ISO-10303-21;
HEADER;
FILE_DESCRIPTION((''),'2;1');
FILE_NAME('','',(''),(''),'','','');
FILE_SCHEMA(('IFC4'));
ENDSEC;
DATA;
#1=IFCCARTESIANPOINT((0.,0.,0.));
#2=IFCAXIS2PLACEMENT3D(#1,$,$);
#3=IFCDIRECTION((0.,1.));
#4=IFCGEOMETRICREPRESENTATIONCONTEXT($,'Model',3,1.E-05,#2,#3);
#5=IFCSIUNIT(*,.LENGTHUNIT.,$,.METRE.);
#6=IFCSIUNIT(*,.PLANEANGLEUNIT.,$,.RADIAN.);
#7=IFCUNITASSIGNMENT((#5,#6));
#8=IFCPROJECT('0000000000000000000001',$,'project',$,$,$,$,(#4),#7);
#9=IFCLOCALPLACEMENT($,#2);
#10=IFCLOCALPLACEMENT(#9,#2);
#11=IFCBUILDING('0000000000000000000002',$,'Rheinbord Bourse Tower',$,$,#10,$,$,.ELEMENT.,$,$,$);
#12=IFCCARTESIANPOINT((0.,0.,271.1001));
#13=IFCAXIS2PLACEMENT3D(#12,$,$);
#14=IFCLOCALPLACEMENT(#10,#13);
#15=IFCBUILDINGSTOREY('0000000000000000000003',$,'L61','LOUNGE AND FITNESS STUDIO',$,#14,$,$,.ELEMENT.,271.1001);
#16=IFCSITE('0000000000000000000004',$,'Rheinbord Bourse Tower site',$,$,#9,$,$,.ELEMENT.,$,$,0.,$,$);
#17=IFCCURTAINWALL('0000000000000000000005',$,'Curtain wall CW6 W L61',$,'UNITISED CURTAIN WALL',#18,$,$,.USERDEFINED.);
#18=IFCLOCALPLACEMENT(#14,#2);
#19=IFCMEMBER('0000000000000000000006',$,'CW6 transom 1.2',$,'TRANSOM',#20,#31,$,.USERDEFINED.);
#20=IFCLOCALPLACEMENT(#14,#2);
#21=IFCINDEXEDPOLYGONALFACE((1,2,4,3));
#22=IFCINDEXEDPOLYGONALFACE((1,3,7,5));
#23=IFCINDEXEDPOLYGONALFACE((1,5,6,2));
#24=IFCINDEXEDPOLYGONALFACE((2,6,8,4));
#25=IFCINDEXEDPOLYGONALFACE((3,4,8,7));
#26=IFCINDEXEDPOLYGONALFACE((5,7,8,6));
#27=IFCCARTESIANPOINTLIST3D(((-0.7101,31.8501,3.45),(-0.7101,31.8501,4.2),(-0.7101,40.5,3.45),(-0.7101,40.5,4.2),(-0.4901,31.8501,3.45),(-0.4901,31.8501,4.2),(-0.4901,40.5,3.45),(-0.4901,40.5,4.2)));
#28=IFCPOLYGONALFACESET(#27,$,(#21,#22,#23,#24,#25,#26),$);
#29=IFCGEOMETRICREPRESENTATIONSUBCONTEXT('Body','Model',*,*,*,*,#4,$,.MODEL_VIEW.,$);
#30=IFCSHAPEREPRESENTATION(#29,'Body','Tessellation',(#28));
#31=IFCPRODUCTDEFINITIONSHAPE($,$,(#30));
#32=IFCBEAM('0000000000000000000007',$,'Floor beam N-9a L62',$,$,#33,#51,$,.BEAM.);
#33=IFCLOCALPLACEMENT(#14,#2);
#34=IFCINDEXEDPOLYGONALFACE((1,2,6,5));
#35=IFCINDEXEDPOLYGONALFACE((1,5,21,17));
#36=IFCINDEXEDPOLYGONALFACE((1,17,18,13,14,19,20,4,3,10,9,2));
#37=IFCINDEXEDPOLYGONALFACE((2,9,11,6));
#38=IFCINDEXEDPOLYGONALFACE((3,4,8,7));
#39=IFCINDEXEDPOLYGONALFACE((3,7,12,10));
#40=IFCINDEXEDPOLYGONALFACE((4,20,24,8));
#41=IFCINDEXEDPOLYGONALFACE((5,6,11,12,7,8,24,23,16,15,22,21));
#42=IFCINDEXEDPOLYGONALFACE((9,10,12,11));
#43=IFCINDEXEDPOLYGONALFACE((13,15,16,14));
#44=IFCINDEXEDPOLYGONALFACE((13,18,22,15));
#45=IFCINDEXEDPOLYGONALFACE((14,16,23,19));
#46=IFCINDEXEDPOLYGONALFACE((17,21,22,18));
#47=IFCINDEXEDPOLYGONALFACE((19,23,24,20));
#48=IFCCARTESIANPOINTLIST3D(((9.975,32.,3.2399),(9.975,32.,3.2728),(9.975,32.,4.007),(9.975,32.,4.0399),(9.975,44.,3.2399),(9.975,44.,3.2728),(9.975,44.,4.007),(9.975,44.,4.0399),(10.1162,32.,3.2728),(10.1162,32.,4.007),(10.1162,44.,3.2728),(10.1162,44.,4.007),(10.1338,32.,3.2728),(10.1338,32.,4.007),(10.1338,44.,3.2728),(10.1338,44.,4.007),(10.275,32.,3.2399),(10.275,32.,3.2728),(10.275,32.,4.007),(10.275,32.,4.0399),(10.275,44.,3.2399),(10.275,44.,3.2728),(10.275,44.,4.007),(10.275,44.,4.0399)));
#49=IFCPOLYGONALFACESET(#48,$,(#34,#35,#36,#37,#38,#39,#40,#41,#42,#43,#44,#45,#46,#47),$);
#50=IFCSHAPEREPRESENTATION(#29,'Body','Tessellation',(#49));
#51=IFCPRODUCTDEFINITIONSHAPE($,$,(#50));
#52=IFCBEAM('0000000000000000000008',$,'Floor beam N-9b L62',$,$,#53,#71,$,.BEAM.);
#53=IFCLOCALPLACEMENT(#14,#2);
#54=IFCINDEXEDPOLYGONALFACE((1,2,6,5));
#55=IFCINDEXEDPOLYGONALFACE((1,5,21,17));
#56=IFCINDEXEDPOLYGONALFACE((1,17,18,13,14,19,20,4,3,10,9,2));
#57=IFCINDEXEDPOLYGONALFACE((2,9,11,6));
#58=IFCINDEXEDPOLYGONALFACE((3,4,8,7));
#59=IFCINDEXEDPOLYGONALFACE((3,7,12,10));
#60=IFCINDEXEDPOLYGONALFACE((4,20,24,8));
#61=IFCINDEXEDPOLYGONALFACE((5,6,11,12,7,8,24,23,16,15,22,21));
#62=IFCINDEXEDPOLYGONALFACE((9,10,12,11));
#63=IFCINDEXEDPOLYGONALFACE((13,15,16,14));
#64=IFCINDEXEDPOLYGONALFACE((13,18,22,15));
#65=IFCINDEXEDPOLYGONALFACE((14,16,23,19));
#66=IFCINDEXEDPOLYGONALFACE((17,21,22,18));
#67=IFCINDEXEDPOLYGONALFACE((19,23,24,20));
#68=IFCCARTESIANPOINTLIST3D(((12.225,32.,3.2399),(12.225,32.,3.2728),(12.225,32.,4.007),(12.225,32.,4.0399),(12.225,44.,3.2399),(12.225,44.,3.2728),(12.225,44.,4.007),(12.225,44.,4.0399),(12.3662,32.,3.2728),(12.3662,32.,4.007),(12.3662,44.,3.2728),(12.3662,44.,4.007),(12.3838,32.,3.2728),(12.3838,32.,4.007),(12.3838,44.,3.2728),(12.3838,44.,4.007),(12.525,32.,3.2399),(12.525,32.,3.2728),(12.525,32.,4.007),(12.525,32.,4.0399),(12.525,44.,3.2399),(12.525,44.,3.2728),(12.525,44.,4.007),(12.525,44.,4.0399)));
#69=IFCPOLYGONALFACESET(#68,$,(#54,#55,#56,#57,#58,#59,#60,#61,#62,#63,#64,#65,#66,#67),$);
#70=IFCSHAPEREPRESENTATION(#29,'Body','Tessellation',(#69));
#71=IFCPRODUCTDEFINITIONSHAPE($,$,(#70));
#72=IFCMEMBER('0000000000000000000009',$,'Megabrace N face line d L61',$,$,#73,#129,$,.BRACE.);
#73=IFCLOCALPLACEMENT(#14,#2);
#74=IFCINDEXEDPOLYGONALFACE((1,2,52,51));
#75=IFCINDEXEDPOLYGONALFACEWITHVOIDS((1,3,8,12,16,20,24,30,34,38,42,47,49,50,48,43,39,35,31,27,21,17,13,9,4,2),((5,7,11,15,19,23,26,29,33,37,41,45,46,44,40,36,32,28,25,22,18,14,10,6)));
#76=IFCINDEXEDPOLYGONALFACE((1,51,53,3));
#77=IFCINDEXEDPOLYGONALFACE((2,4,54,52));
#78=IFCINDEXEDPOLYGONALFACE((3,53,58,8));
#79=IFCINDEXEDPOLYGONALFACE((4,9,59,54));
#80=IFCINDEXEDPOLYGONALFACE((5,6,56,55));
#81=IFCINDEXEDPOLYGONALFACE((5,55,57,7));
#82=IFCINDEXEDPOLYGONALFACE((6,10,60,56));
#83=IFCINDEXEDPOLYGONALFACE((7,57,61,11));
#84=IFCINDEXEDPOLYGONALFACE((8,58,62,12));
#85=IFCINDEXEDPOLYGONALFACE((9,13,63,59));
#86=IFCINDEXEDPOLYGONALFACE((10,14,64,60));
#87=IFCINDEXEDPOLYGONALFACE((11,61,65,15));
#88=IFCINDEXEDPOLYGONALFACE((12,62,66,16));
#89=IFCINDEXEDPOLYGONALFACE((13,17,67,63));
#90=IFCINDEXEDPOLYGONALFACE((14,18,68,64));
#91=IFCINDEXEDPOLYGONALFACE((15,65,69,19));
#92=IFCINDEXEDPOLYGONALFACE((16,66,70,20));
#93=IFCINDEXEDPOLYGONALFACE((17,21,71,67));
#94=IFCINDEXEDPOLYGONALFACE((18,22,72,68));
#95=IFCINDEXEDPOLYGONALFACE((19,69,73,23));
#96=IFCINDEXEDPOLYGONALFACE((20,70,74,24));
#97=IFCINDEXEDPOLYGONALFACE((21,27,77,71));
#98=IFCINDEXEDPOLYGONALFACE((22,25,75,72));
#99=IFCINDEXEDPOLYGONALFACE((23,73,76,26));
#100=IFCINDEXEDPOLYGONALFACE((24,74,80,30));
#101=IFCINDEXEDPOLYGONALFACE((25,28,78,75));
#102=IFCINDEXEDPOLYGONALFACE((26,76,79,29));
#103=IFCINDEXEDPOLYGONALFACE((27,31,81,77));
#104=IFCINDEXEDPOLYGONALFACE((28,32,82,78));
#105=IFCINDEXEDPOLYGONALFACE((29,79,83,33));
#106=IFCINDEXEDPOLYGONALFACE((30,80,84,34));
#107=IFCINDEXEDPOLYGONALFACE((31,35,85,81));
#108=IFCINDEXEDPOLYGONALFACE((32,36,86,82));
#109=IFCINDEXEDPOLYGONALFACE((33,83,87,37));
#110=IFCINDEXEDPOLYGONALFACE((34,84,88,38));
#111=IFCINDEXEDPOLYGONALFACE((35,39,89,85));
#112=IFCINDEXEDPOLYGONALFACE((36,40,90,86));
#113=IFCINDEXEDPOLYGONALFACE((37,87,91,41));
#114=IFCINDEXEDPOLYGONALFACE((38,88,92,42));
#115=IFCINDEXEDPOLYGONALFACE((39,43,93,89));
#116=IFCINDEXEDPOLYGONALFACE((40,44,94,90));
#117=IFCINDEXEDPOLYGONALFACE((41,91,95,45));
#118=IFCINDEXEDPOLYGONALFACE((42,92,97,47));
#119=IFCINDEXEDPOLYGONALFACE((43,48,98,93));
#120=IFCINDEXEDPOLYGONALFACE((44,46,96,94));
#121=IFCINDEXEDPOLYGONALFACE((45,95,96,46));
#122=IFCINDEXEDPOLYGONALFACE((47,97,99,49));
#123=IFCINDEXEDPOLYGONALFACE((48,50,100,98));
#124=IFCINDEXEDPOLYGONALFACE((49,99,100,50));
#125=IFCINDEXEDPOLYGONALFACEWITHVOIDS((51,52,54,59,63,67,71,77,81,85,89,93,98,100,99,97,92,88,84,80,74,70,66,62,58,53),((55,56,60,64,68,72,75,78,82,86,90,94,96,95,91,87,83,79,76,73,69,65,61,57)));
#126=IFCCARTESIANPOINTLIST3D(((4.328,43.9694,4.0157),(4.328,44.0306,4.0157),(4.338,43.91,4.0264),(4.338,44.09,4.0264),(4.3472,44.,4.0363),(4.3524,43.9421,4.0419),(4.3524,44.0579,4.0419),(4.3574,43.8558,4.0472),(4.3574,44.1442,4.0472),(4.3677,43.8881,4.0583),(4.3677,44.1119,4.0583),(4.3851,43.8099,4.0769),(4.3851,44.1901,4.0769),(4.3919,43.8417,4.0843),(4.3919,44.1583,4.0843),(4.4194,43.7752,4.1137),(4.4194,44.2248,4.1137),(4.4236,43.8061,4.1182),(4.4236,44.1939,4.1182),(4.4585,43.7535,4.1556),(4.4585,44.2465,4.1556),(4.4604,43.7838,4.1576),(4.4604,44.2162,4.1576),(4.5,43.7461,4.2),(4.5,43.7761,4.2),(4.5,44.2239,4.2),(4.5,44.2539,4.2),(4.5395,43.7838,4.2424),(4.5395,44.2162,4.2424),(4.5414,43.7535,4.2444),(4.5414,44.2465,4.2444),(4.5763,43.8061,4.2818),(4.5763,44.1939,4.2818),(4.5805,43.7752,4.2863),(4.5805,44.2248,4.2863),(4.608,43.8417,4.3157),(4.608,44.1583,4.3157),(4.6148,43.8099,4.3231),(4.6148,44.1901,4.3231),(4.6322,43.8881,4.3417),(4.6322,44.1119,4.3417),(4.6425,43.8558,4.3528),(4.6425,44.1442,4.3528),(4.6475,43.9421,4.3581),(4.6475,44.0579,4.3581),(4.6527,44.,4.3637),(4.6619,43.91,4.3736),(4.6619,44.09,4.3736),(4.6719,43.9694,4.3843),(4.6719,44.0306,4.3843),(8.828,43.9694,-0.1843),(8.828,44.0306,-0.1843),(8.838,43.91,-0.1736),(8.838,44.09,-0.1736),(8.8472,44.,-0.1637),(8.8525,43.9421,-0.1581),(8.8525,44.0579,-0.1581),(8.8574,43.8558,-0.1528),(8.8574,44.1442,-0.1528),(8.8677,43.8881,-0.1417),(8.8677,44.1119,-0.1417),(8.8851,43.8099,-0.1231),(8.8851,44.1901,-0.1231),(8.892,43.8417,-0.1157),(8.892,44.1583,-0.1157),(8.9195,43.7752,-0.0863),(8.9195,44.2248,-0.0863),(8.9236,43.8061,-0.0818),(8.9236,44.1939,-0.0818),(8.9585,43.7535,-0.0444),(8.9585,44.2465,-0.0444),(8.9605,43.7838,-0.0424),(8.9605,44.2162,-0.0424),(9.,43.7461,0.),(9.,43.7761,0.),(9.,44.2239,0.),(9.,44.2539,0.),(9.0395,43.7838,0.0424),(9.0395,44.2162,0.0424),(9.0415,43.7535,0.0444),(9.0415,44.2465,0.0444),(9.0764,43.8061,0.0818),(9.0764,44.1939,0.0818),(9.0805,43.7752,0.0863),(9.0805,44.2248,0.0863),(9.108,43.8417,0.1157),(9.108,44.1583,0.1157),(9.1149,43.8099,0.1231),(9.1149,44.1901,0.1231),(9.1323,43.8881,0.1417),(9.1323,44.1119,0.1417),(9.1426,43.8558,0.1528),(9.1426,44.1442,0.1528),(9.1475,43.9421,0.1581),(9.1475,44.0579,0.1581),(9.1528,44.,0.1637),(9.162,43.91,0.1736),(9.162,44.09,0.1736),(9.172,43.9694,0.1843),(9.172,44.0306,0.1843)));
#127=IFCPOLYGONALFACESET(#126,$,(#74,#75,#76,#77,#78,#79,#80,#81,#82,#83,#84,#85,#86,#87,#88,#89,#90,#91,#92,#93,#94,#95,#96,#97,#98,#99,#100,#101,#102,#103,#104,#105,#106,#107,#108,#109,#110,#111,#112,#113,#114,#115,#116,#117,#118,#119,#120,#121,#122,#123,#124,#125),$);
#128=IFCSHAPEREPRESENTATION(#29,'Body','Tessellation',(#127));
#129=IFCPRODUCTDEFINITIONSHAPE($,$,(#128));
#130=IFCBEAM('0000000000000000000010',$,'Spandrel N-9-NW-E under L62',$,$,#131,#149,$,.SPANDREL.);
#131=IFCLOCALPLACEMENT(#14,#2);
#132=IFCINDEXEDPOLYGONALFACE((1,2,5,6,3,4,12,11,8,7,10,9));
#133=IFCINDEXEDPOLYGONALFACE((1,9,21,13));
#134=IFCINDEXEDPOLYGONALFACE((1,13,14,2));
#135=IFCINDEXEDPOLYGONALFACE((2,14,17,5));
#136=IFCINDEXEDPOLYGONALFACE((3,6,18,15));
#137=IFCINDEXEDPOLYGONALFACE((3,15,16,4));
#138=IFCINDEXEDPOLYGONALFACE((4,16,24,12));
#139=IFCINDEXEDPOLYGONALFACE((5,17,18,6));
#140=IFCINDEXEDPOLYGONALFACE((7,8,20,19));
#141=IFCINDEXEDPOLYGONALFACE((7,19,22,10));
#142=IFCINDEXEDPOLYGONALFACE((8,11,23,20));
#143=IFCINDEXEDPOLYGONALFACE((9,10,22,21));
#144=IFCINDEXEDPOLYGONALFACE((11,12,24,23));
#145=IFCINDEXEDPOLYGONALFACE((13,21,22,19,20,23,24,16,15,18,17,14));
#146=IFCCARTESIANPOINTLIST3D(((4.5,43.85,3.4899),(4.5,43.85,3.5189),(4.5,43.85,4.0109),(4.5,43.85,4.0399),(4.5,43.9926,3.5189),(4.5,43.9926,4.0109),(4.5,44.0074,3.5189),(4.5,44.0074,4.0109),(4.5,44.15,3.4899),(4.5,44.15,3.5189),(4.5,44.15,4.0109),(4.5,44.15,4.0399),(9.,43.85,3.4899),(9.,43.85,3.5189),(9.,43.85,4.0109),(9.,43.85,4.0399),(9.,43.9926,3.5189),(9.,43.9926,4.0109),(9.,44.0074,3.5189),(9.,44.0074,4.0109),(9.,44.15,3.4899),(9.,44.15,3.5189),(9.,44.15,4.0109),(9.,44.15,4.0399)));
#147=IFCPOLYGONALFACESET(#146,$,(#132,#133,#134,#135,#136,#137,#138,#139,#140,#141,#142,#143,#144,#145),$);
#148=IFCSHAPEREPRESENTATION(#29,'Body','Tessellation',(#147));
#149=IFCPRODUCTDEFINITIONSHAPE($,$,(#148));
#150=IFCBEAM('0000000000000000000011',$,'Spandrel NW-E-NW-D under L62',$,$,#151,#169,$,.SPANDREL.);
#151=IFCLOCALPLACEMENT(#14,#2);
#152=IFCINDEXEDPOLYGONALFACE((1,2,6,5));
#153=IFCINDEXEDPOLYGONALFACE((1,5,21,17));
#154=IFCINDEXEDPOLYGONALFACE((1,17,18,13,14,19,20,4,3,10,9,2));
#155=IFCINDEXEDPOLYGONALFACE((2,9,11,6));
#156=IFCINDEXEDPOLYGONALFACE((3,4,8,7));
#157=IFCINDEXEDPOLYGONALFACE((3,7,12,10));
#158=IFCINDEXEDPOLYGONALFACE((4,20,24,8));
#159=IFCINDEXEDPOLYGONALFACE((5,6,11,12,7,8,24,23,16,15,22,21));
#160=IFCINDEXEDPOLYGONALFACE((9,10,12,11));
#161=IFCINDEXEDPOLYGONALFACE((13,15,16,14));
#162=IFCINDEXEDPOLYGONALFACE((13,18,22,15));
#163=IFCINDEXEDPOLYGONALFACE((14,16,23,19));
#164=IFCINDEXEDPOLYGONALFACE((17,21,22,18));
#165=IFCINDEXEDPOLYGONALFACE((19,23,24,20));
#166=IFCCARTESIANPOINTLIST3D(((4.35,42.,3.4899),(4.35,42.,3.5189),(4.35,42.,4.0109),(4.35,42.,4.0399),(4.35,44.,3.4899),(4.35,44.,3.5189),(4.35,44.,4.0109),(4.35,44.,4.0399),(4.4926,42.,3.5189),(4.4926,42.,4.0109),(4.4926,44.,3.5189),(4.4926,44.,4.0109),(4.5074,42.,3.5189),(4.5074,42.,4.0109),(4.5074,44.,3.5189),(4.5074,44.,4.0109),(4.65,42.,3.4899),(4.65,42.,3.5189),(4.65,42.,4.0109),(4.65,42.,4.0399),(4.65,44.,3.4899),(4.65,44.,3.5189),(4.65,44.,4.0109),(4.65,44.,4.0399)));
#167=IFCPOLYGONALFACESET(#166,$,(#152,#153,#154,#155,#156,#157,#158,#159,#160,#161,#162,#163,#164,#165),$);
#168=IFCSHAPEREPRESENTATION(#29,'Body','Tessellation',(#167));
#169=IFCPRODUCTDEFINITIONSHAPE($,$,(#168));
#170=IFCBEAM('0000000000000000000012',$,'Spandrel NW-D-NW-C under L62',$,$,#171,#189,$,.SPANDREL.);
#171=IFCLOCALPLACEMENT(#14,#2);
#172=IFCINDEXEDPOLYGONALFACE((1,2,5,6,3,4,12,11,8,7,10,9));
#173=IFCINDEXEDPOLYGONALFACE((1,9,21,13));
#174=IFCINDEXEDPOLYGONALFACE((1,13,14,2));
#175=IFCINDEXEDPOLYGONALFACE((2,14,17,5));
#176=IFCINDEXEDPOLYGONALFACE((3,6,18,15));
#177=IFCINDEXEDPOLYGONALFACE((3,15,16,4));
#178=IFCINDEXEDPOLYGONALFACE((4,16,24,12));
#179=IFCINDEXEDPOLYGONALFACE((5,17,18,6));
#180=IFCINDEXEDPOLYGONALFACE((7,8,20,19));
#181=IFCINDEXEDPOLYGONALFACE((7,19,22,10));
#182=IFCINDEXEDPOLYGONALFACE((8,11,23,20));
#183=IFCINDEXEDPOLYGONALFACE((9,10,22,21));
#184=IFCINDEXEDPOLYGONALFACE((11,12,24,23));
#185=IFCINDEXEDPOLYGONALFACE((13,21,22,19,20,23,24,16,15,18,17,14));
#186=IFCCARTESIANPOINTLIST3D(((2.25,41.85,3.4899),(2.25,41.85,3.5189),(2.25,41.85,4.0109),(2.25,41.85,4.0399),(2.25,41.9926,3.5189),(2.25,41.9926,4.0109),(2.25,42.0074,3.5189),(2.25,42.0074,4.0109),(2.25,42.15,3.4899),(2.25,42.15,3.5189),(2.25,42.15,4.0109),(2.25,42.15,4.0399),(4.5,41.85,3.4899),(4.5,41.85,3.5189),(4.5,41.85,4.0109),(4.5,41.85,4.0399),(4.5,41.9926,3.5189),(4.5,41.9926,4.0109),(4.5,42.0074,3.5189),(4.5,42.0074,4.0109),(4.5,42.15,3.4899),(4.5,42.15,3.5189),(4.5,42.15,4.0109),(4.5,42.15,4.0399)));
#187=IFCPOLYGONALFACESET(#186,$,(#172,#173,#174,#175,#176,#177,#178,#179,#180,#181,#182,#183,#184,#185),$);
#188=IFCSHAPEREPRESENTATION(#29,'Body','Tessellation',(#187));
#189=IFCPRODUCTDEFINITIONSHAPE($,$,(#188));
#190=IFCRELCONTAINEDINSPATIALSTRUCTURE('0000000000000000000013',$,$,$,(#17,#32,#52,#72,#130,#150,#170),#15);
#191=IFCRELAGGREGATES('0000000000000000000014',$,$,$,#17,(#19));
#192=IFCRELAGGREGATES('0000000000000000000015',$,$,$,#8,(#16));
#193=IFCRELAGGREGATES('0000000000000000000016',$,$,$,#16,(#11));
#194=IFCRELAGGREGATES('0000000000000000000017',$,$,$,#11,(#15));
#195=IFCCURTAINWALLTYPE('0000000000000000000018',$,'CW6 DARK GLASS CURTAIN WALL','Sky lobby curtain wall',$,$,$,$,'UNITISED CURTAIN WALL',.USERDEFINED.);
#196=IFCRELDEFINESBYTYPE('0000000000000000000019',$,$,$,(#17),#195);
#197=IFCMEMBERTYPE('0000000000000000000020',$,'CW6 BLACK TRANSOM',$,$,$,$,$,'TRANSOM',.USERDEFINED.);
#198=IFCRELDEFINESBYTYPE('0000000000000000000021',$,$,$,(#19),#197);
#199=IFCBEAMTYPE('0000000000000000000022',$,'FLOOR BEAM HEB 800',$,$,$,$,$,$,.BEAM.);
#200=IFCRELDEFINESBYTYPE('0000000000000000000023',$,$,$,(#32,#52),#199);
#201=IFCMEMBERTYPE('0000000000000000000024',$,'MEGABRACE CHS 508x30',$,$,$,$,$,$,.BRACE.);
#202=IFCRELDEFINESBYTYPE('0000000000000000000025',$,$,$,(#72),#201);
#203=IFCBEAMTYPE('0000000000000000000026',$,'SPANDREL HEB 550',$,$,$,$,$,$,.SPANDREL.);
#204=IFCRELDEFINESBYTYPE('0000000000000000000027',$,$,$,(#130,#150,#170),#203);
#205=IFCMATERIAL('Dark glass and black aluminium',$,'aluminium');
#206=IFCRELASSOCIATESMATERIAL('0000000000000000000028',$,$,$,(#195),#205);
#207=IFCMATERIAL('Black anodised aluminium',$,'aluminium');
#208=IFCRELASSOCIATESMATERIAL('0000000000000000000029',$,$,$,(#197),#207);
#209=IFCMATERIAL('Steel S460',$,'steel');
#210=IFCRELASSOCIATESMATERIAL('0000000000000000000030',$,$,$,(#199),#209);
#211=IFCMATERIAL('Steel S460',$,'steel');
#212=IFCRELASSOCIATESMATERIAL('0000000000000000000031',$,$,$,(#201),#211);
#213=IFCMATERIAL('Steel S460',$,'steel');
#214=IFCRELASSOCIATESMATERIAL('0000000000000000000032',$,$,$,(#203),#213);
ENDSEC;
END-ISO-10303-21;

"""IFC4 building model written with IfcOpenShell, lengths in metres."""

from ifc_helpers import new_model, si_unit, direction, frame, origin, origin_2d, place, context, subcontext, project, spatial, rectangle, hollow_circle, i_section, extrude, material, material_profile, profile_set, type_object, element, aggregate, save


model = new_model("IFC4")

# Units and contexts
model_context = context("Model", 3, precision=1e-05, world=origin(), true_north=direction((0.0, 1.0)))
body_context = subcontext(model_context, "Body", "Model", "MODEL_VIEW")
ifc_project = project(units=[si_unit("LENGTHUNIT", "METRE"), si_unit("PLANEANGLEUNIT", "RADIAN")], contexts=[model_context])

# Site, building, storey
site_placement = place(None, origin())
site = spatial("IfcSite", under=ifc_project, at=site_placement, Name="Rheinbord Bourse Tower site", CompositionType="ELEMENT", RefElevation=0.0)
building_placement = place(site_placement, origin())
building = spatial("IfcBuilding", under=site, at=building_placement, Name="Rheinbord Bourse Tower", CompositionType="ELEMENT")
storey_placement = place(building_placement, frame((0.0, 0.0, 271.1001)))
storey = spatial("IfcBuildingStorey", under=building, at=storey_placement, Name="L61", Description="LOUNGE AND FITNESS STUDIO", CompositionType="ELEMENT", Elevation=271.1001)

# Shared definitions
ifc_material_1 = material(Name="Dark glass and black aluminium", Category="aluminium")
curtain_wall_type = type_object("IfcCurtainWallType", Name="CW6 DARK GLASS CURTAIN WALL", Description="Sky lobby curtain wall", ElementType="UNITISED CURTAIN WALL", PredefinedType="USERDEFINED", material=ifc_material_1)

# Curtain wall
curtain_wall_1_placement = place(storey_placement, origin())
curtain_wall_1 = element("IfcCurtainWall", 1, at=curtain_wall_1_placement, inside=storey, type_object=curtain_wall_type, Name="Curtain wall CW6 W L61", ObjectType="UNITISED CURTAIN WALL", PredefinedType="USERDEFINED")

# Member
ifc_material_2 = material(Name="Black anodised aluminium", Category="aluminium")
ifc_material_profile_1 = material_profile(ifc_material_2, rectangle(XDim=0.22, YDim=0.75, at=origin_2d()), Name="CW6 TRANSOM 750x220")
ifc_profile_set_1 = profile_set([ifc_material_profile_1], Name="Black anodised aluminium")
member_type_1 = type_object("IfcMemberType", Name="CW6 BLACK TRANSOM", ElementType="TRANSOM", PredefinedType="USERDEFINED", material=ifc_profile_set_1)
member_1_placement = place(storey_placement, frame((-0.6001, 40.5, 3.825), z_axis=(0.0, -1.0, 0.0), x_axis=(1.0, 0.0, 0.0)))
member_1 = element("IfcMember", 2, at=member_1_placement, type_object=member_type_1, Name="CW6 transom 1.2", ObjectType="TRANSOM", PredefinedType="USERDEFINED", context=body_context, shape_type="SweptSolid", body=[
    extrude(rectangle(XDim=0.22, YDim=0.75, at=origin_2d()), origin(), (0.0, 0.0, 1.0), 8.6499),
])

# Beams
ifc_material_3 = material(Name="Steel S460", Category="steel")
ifc_material_profile_2 = material_profile(ifc_material_3, i_section(OverallWidth=0.3, OverallDepth=0.8, WebThickness=0.0176, FlangeThickness=0.033, at=origin_2d()), Name="HEB 800")
ifc_profile_set_2 = profile_set([ifc_material_profile_2], Name="Steel S460")
beam_type_1 = type_object("IfcBeamType", Name="FLOOR BEAM HEB 800", PredefinedType="BEAM", material=ifc_profile_set_2)
for number, where, z_axis, x_axis, name in (
    (3, (10.125, 44.0, 3.6399), (0.0, -1.0, 0.0), (1.0, 0.0, 0.0), "Floor beam N-9a L62"),
    (4, (12.375, 44.0, 3.6399), (0.0, -1.0, 0.0), (1.0, 0.0, 0.0), "Floor beam N-9b L62"),
):
    element("IfcBeam", number, at=place(storey_placement, frame(where, z_axis=z_axis, x_axis=x_axis)), inside=storey, type_object=beam_type_1, Name=name, PredefinedType="BEAM", context=body_context, shape_type="SweptSolid", body=[
        extrude(i_section(OverallWidth=0.3, OverallDepth=0.8, WebThickness=0.0176, FlangeThickness=0.033, at=origin_2d()), origin(), (0.0, 0.0, 1.0), 12.0),
    ])

# Member
ifc_material_4 = material(Name="Steel S460", Category="steel")
ifc_material_profile_3 = material_profile(ifc_material_4, hollow_circle(Radius=0.2539, WallThickness=0.03, at=origin_2d()), Name="CHS 508x30")
ifc_profile_set_3 = profile_set([ifc_material_profile_3], Name="Steel S460")
member_type_2 = type_object("IfcMemberType", Name="MEGABRACE CHS 508x30", PredefinedType="BRACE", material=ifc_profile_set_3)
member_2_placement = place(storey_placement, frame((9.0, 44.0, 0.0), z_axis=(-0.731059, 0.0, 0.682314), x_axis=(0.0, -1.0, 0.0)))
element("IfcMember", 5, at=member_2_placement, inside=storey, type_object=member_type_2, Name="Megabrace N face line d L61", PredefinedType="BRACE", context=body_context, shape_type="SweptSolid", body=[
    extrude(hollow_circle(Radius=0.2539, WallThickness=0.03, at=origin_2d()), origin(), (0.0, 0.0, 1.0), 6.1555),
])

# Beams
ifc_material_5 = material(Name="Steel S460", Category="steel")
ifc_material_profile_4 = material_profile(ifc_material_5, i_section(OverallWidth=0.3, OverallDepth=0.55, WebThickness=0.0149, FlangeThickness=0.0291, at=origin_2d()), Name="HEB 550")
ifc_profile_set_4 = profile_set([ifc_material_profile_4], Name="Steel S460")
beam_type_2 = type_object("IfcBeamType", Name="SPANDREL HEB 550", PredefinedType="SPANDREL", material=ifc_profile_set_4)
beam_1_placement = place(storey_placement, frame((9.0, 44.0, 3.7649), z_axis=(-1.0, 0.0, 0.0), x_axis=(0.0, -1.0, 0.0)))
element("IfcBeam", 6, at=beam_1_placement, inside=storey, type_object=beam_type_2, Name="Spandrel N-9-NW-E under L62", PredefinedType="SPANDREL", context=body_context, shape_type="SweptSolid", body=[
    extrude(i_section(OverallWidth=0.3, OverallDepth=0.55, WebThickness=0.0149, FlangeThickness=0.0291, at=origin_2d()), origin(), (0.0, 0.0, 1.0), 4.5),
])
beam_2_placement = place(storey_placement, frame((4.5, 44.0, 3.7649), z_axis=(0.0, -1.0, 0.0), x_axis=(1.0, 0.0, 0.0)))
element("IfcBeam", 7, at=beam_2_placement, inside=storey, type_object=beam_type_2, Name="Spandrel NW-E-NW-D under L62", PredefinedType="SPANDREL", context=body_context, shape_type="SweptSolid", body=[
    extrude(i_section(OverallWidth=0.3, OverallDepth=0.55, WebThickness=0.0149, FlangeThickness=0.0291, at=origin_2d()), origin(), (0.0, 0.0, 1.0), 2.0),
])
beam_3_placement = place(storey_placement, frame((4.5, 42.0, 3.7649), z_axis=(-1.0, 0.0, 0.0), x_axis=(0.0, -1.0, 0.0)))
element("IfcBeam", 8, at=beam_3_placement, inside=storey, type_object=beam_type_2, Name="Spandrel NW-D-NW-C under L62", PredefinedType="SPANDREL", context=body_context, shape_type="SweptSolid", body=[
    extrude(i_section(OverallWidth=0.3, OverallDepth=0.55, WebThickness=0.0149, FlangeThickness=0.0291, at=origin_2d()), origin(), (0.0, 0.0, 1.0), 2.25),
])

aggregate(curtain_wall_1, [member_1])

save(model, "model.ifc")
